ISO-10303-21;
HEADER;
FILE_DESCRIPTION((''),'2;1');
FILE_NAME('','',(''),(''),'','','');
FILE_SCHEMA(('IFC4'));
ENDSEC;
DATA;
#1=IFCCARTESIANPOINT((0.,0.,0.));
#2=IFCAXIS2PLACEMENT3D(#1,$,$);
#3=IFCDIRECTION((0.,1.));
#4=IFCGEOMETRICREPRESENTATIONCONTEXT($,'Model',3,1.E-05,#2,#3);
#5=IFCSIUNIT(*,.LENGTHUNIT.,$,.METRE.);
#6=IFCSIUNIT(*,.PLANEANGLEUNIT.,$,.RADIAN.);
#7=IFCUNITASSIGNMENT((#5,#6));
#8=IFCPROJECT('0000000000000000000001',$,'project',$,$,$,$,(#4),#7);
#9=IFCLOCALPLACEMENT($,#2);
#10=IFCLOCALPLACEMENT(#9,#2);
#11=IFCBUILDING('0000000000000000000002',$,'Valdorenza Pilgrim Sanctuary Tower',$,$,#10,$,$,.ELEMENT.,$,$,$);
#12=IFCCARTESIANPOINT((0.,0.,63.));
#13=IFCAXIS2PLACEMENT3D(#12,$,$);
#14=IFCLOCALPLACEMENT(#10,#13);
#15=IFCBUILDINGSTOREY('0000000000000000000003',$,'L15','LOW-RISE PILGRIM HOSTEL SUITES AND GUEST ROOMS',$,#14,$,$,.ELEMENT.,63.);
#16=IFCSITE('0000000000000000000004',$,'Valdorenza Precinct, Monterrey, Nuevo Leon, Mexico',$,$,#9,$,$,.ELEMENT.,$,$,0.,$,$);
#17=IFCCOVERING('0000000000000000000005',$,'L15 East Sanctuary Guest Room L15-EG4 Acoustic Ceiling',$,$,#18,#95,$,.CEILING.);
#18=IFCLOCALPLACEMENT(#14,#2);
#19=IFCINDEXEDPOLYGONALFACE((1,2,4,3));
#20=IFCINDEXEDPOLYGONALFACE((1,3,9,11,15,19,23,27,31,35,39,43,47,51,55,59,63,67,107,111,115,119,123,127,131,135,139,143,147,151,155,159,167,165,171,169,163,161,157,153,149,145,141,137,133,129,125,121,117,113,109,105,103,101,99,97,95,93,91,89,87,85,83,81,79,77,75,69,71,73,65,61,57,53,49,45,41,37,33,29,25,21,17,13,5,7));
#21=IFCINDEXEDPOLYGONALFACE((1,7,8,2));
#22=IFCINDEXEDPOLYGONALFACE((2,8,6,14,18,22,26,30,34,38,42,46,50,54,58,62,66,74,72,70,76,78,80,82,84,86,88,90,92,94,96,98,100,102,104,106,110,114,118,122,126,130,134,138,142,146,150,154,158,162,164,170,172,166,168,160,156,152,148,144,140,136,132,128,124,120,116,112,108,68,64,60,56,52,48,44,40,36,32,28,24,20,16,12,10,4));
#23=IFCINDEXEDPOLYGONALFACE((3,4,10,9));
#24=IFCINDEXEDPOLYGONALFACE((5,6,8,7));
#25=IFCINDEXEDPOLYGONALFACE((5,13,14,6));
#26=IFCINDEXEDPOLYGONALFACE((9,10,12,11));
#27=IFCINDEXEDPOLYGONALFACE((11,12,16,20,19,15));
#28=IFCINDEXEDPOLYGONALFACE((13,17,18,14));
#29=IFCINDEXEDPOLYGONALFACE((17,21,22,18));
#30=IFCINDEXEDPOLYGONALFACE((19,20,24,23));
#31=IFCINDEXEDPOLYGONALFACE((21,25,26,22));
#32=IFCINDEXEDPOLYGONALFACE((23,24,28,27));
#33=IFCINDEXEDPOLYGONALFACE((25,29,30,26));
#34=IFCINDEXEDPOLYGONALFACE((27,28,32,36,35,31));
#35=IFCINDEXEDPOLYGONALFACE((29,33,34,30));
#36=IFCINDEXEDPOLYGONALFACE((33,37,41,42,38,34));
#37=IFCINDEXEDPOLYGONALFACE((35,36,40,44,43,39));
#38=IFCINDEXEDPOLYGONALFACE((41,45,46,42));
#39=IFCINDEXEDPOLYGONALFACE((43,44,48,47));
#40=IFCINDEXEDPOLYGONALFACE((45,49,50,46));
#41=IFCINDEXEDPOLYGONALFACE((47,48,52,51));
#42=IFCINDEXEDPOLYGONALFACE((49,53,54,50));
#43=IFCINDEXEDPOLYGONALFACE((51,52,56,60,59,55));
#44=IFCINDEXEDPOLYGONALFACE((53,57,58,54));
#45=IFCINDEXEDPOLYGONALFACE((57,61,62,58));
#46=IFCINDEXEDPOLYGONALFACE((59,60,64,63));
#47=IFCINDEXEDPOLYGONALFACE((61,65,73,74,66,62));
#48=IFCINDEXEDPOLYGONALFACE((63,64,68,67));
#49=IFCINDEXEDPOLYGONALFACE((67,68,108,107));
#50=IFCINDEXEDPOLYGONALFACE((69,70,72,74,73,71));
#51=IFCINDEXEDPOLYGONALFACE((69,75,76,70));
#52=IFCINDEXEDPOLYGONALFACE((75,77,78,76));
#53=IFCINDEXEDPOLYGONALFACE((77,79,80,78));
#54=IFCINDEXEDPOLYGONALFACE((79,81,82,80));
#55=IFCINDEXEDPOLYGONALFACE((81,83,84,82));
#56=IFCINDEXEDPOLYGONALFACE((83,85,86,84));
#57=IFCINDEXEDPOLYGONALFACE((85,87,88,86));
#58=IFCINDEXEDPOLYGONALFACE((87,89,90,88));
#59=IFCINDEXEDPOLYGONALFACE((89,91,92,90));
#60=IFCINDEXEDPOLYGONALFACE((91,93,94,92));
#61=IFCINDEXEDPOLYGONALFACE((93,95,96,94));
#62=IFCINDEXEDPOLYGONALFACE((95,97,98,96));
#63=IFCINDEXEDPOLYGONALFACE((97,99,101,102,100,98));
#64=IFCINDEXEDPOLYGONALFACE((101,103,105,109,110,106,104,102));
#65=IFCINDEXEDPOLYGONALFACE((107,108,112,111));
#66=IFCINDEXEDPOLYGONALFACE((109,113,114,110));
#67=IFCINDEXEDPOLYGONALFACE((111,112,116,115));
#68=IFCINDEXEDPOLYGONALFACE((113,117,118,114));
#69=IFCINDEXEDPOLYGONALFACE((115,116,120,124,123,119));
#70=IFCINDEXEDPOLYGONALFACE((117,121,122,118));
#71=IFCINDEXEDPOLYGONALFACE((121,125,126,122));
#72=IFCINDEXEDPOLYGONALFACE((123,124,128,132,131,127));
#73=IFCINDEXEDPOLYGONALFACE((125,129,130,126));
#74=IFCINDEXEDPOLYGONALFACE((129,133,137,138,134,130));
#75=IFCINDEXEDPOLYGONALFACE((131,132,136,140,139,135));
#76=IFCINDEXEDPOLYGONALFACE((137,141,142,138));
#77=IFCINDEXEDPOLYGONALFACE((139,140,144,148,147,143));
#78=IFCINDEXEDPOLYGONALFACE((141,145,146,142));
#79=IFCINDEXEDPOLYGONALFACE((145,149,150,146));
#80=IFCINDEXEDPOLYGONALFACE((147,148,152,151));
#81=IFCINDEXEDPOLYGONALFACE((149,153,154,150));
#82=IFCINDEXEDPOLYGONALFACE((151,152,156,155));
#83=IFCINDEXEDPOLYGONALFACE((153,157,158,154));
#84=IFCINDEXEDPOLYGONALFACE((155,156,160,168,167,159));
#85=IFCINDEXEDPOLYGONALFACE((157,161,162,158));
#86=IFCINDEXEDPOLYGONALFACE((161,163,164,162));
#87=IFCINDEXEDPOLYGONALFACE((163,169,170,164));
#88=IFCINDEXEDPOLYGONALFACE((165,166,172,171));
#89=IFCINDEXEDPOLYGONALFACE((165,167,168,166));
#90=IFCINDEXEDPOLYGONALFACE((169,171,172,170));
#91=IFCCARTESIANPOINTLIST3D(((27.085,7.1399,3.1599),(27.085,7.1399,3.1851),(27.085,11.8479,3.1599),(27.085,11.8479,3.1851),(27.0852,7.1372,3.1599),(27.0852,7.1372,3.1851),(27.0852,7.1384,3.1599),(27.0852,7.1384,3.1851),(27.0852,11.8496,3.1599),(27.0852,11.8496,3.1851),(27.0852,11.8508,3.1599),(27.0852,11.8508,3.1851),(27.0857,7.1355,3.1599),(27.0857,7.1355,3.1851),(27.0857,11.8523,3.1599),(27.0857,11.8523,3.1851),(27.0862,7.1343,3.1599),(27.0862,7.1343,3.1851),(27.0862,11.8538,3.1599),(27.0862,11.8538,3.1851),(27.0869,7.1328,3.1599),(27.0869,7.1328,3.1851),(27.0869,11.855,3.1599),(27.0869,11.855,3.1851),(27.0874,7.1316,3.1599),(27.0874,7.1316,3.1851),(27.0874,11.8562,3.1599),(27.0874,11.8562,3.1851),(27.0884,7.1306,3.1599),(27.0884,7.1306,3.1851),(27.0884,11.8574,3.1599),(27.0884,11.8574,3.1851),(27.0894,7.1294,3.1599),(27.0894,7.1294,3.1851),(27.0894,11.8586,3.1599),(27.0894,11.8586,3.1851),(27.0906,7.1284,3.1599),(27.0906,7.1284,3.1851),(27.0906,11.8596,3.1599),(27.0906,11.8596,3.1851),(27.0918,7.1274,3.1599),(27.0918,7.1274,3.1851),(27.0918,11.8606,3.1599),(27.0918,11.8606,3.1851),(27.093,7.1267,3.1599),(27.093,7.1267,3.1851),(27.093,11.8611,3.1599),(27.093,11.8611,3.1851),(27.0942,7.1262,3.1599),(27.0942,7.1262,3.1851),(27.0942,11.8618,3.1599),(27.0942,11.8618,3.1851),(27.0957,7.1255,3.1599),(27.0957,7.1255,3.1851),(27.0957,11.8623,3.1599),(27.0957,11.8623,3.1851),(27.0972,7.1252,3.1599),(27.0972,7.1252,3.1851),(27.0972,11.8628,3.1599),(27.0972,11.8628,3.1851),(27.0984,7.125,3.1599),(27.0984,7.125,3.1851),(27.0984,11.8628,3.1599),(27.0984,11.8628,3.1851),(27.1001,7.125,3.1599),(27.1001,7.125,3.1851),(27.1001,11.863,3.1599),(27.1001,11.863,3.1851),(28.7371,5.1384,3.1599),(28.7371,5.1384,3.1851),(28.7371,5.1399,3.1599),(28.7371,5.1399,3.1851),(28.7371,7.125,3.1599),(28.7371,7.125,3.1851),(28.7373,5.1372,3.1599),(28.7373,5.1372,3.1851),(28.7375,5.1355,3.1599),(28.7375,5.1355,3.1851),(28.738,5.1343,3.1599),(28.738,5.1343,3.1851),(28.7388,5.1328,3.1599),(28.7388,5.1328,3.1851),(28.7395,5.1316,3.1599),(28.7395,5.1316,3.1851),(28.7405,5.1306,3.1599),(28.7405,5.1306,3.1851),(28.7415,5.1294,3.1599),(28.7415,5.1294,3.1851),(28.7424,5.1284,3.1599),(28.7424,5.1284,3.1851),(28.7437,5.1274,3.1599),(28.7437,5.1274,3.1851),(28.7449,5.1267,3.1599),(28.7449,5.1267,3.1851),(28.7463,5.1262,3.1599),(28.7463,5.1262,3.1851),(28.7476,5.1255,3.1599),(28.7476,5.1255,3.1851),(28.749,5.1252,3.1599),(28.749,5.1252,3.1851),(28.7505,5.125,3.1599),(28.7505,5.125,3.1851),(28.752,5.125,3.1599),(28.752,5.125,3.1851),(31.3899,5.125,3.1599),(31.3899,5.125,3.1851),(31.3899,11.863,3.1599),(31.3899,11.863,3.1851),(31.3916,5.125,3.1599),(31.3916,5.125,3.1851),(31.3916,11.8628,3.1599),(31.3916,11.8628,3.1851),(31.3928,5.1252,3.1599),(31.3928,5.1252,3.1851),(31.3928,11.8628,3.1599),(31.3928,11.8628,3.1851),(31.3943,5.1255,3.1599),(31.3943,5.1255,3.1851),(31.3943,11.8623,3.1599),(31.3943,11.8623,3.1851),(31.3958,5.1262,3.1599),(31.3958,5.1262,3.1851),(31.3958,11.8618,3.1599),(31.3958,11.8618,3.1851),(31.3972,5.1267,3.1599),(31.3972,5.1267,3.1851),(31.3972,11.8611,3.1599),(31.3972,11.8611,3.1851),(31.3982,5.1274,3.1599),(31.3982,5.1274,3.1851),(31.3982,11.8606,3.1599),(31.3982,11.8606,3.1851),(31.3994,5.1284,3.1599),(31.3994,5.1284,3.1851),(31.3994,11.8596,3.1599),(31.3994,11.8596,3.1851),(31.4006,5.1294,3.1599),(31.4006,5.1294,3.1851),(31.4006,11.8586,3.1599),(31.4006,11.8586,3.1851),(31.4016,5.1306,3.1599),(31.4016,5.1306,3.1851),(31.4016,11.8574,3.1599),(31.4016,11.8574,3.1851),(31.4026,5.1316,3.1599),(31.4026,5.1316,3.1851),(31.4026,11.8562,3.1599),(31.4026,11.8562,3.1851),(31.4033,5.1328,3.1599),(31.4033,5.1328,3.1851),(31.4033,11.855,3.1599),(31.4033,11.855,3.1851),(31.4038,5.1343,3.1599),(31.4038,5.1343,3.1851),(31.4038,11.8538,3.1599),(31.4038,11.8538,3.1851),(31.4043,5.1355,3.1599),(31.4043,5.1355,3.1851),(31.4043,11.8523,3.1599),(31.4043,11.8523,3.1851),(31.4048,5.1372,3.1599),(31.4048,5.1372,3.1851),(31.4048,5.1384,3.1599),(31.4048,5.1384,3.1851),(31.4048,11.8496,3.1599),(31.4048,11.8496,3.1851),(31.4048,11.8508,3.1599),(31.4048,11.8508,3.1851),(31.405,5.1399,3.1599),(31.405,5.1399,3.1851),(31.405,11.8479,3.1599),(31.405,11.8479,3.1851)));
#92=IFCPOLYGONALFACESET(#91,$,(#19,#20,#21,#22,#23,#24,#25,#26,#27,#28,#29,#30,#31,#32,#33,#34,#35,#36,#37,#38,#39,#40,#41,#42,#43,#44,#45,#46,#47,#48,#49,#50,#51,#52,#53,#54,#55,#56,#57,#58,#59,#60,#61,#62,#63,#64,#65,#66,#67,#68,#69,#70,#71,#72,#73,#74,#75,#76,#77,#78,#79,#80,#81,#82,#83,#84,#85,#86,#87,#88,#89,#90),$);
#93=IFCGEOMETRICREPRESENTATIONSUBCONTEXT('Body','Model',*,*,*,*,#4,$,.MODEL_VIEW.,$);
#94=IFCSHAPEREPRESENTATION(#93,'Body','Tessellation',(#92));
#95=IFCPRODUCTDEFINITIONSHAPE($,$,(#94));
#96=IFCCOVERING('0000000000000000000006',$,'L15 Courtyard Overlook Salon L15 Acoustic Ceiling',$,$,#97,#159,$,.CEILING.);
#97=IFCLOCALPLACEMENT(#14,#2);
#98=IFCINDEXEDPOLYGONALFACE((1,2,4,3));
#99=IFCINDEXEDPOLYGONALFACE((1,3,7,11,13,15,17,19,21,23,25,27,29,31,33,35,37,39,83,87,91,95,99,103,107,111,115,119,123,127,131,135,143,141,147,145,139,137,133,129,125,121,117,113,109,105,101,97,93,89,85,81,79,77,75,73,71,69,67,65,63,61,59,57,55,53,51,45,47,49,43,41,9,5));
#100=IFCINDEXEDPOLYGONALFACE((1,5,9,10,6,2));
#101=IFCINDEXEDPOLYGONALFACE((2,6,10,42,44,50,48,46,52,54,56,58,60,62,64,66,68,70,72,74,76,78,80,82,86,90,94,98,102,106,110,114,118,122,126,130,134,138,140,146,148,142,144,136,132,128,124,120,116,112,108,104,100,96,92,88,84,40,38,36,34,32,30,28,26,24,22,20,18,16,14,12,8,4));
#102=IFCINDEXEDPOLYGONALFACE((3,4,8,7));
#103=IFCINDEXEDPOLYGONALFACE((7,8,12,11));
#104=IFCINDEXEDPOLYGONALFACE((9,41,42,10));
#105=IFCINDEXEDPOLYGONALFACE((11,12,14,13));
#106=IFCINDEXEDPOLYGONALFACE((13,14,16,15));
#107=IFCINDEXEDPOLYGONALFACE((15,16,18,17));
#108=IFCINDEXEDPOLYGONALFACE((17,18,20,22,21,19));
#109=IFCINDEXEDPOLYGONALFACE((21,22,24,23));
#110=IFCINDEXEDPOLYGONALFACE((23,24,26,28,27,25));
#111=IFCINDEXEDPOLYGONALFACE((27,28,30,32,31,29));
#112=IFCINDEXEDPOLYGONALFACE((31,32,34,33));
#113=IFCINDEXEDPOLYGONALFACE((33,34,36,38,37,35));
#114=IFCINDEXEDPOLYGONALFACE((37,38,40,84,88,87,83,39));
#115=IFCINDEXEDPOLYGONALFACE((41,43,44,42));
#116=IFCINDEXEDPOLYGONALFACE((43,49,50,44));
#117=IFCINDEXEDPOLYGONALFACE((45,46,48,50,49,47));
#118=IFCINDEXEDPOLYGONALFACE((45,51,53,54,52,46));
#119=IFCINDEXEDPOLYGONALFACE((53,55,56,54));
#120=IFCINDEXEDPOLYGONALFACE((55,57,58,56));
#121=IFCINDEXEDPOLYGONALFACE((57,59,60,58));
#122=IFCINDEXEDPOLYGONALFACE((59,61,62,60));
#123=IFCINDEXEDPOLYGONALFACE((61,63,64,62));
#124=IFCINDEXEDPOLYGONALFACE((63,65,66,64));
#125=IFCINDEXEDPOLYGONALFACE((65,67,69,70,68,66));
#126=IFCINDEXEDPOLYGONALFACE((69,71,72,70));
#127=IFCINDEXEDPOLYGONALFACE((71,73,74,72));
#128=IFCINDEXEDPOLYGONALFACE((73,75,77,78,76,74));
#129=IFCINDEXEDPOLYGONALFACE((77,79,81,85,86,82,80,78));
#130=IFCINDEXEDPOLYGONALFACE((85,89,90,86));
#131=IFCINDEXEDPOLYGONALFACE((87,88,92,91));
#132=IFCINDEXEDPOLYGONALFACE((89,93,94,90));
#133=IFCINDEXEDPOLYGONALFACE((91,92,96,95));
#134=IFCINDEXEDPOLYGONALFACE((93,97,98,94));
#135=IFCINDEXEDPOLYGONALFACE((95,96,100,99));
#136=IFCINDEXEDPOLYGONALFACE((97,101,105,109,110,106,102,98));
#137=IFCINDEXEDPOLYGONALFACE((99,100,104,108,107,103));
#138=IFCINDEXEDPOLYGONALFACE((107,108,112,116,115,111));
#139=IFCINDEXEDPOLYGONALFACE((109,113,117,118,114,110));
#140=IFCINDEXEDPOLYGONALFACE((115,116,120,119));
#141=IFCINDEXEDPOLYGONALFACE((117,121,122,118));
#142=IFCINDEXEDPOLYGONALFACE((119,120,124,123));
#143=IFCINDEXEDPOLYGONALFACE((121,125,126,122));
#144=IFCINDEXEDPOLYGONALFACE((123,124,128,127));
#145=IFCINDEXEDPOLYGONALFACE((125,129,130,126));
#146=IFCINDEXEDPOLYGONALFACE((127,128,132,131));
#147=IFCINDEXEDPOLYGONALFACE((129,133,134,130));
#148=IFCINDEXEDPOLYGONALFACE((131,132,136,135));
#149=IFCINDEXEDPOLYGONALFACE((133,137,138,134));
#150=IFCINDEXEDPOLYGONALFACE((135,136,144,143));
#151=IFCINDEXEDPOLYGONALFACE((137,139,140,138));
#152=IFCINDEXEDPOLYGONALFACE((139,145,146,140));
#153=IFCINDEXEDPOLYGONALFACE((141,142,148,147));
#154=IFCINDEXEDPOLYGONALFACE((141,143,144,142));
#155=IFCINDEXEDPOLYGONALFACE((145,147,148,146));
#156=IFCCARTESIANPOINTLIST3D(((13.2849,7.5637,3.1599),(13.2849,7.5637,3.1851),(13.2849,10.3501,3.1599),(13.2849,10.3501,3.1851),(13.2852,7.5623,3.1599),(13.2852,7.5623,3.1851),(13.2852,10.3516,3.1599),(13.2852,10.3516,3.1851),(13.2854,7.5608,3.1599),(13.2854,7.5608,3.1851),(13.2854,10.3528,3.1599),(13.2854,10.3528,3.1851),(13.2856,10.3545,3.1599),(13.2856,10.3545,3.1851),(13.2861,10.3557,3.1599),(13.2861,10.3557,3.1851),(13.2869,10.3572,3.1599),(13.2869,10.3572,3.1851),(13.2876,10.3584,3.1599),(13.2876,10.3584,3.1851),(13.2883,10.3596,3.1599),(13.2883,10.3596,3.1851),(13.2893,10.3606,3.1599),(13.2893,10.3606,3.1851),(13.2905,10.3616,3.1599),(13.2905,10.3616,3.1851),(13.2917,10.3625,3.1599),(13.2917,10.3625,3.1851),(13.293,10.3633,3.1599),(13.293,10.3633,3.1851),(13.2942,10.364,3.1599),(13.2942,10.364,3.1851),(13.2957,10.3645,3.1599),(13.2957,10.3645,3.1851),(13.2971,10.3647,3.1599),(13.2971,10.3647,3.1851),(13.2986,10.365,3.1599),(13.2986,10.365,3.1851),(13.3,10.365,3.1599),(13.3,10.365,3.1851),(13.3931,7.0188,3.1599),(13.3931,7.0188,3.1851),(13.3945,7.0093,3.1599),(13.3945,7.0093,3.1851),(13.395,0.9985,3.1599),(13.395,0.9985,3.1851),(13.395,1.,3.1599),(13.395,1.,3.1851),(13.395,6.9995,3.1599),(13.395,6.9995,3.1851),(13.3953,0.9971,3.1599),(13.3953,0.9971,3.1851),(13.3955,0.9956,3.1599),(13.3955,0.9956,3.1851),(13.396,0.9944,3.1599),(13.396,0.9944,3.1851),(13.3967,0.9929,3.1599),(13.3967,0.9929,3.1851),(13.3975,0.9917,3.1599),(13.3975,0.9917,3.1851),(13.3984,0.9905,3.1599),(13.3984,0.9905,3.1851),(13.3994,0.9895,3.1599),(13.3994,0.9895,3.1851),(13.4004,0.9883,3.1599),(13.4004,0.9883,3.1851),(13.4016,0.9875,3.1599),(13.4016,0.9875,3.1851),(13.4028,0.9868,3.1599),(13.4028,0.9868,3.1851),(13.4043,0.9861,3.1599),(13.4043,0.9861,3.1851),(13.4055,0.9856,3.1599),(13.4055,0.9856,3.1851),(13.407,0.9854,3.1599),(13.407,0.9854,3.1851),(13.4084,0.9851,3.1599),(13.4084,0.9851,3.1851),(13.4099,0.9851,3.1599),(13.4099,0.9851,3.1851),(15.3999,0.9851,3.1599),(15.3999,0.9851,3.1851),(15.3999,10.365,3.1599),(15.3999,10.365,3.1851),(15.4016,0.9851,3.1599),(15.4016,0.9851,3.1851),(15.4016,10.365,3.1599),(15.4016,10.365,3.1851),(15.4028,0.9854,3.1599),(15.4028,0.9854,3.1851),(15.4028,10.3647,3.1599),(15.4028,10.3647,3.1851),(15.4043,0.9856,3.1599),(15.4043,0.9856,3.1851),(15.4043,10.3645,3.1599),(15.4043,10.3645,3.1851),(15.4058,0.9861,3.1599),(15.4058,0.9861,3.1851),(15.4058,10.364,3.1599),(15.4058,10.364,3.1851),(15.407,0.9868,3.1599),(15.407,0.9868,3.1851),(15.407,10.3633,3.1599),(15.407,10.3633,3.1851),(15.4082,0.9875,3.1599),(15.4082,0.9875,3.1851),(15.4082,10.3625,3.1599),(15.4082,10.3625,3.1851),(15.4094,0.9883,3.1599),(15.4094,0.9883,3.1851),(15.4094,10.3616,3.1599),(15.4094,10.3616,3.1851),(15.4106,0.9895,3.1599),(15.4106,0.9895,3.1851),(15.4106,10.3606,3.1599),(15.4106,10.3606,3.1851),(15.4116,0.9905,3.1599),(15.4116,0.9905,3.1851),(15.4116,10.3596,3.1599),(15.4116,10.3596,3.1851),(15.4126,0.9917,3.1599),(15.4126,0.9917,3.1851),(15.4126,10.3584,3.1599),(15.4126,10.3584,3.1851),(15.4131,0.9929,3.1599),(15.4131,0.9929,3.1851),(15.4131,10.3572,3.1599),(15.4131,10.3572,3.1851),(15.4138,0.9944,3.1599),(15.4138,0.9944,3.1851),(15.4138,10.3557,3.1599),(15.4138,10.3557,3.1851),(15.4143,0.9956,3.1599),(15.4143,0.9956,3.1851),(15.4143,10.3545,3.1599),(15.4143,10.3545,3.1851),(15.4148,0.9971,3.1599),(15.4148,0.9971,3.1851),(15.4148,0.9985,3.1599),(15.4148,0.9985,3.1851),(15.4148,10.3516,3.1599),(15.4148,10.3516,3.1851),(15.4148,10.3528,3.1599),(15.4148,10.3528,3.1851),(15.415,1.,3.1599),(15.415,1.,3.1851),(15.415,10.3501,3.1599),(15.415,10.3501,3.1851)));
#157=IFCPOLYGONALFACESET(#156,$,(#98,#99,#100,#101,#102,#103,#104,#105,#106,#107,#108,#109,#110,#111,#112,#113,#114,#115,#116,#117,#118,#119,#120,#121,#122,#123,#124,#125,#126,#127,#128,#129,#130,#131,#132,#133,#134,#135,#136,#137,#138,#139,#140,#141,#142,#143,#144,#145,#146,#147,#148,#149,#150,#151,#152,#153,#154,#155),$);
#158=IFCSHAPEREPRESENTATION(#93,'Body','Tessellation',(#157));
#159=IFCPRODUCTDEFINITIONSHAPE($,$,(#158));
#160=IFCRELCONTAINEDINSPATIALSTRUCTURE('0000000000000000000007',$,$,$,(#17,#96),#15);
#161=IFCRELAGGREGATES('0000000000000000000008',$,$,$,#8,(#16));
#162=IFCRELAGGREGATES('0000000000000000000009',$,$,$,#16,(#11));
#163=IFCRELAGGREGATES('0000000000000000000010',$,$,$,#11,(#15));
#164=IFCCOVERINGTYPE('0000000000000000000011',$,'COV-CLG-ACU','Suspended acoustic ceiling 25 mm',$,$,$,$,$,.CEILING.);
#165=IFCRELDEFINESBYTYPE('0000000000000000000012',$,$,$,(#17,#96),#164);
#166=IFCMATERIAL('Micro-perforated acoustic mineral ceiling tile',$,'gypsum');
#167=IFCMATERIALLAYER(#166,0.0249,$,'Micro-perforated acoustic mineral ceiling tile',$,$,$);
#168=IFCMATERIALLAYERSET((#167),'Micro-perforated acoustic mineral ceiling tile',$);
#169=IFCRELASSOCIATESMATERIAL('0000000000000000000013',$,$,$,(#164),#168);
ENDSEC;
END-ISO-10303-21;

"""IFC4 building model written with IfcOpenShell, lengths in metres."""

from ifc_helpers import new_model, si_unit, direction, frame, origin, place, context, subcontext, project, spatial, polyline, outline, extrude, material, layer, layer_set, type_object, element, save


model = new_model("IFC4")

# Units and contexts
model_context = context("Model", 3, precision=1e-05, world=origin(), true_north=direction((0.0, 1.0)))
body_context = subcontext(model_context, "Body", "Model", "MODEL_VIEW")
ifc_project = project(units=[si_unit("LENGTHUNIT", "METRE"), si_unit("PLANEANGLEUNIT", "RADIAN")], contexts=[model_context])

# Site, building, storey
site_placement = place(None, origin())
site = spatial("IfcSite", under=ifc_project, at=site_placement, Name="Valdorenza Precinct, Monterrey, Nuevo Leon, Mexico", CompositionType="ELEMENT", RefElevation=0.0)
building_placement = place(site_placement, origin())
building = spatial("IfcBuilding", under=site, at=building_placement, Name="Valdorenza Pilgrim Sanctuary Tower", CompositionType="ELEMENT")
storey_placement = place(building_placement, frame((0.0, 0.0, 63.0)))
storey = spatial("IfcBuildingStorey", under=building, at=storey_placement, Name="L15", Description="LOW-RISE PILGRIM HOSTEL SUITES AND GUEST ROOMS", CompositionType="ELEMENT", Elevation=63.0)

# Coverings
ifc_material_1 = material(Name="Micro-perforated acoustic mineral ceiling tile", Category="gypsum")
ifc_layer_1 = layer(ifc_material_1, 0.0249, Name="Micro-perforated acoustic mineral ceiling tile")
ifc_layer_set_1 = layer_set([ifc_layer_1], Name="Micro-perforated acoustic mineral ceiling tile")
covering_type_1 = type_object("IfcCoveringType", Name="COV-CLG-ACU", Description="Suspended acoustic ceiling 25 mm", PredefinedType="CEILING", material=ifc_layer_set_1)
covering_1_placement = place(storey_placement, frame((0.0, 0.0, 3.1599)))
element("IfcCovering", 1, at=covering_1_placement, inside=storey, type_object=covering_type_1, Name="L15 East Sanctuary Guest Room L15-EG4 Acoustic Ceiling", PredefinedType="CEILING", context=body_context, shape_type="SweptSolid", body=[
    extrude(outline(polyline([(28.7371, 7.125), (27.1001, 7.125), (27.0984, 7.125), (27.0972, 7.1252), (27.0957, 7.1255), (27.0942, 7.1262), (27.093, 7.1267), (27.0918, 7.1274), (27.0906, 7.1284), (27.0894, 7.1294), (27.0884, 7.1306), (27.0874, 7.1316), (27.0869, 7.1328), (27.0862, 7.1343), (27.0857, 7.1355), (27.0852, 7.1372), (27.0852, 7.1384), (27.085, 7.1399), (27.085, 11.8479), (27.0852, 11.8496), (27.0852, 11.8508), (27.0857, 11.8523), (27.0862, 11.8538), (27.0869, 11.855), (27.0874, 11.8562), (27.0884, 11.8574), (27.0894, 11.8586), (27.0906, 11.8596), (27.0918, 11.8606), (27.093, 11.8611), (27.0942, 11.8618), (27.0957, 11.8623), (27.0972, 11.8628), (27.0984, 11.8628), (27.1001, 11.863), (31.3899, 11.863), (31.3916, 11.8628), (31.3928, 11.8628), (31.3943, 11.8623), (31.3958, 11.8618), (31.3972, 11.8611), (31.3982, 11.8606), (31.3994, 11.8596), (31.4006, 11.8586), (31.4016, 11.8574), (31.4026, 11.8562), (31.4033, 11.855), (31.4038, 11.8538), (31.4043, 11.8523), (31.4048, 11.8508), (31.4048, 11.8496), (31.405, 11.8479), (31.405, 5.1399), (31.4048, 5.1384), (31.4048, 5.1372), (31.4043, 5.1355), (31.4038, 5.1343), (31.4033, 5.1328), (31.4026, 5.1316), (31.4016, 5.1306), (31.4006, 5.1294), (31.3994, 5.1284), (31.3982, 5.1274), (31.3972, 5.1267), (31.3958, 5.1262), (31.3943, 5.1255), (31.3928, 5.1252), (31.3916, 5.125), (31.3899, 5.125), (28.752, 5.125), (28.7505, 5.125), (28.749, 5.1252), (28.7476, 5.1255), (28.7463, 5.1262), (28.7449, 5.1267), (28.7437, 5.1274), (28.7424, 5.1284), (28.7415, 5.1294), (28.7405, 5.1306), (28.7395, 5.1316), (28.7388, 5.1328), (28.738, 5.1343), (28.7375, 5.1355), (28.7373, 5.1372), (28.7371, 5.1384), (28.7371, 5.1399), (28.7371, 7.125)])), origin(), (0.0, 0.0, 1.0), 0.0251),
])
covering_2_placement = place(storey_placement, frame((0.0, 0.0, 3.1599)))
element("IfcCovering", 2, at=covering_2_placement, inside=storey, type_object=covering_type_1, Name="L15 Courtyard Overlook Salon L15 Acoustic Ceiling", PredefinedType="CEILING", context=body_context, shape_type="SweptSolid", body=[
    extrude(outline(polyline([(15.3999, 10.365), (15.4016, 10.365), (15.4028, 10.3647), (15.4043, 10.3645), (15.4058, 10.364), (15.407, 10.3633), (15.4082, 10.3625), (15.4094, 10.3616), (15.4106, 10.3606), (15.4116, 10.3596), (15.4126, 10.3584), (15.4131, 10.3572), (15.4138, 10.3557), (15.4143, 10.3545), (15.4148, 10.3528), (15.4148, 10.3516), (15.415, 10.3501), (15.415, 1.0), (15.4148, 0.9985), (15.4148, 0.9971), (15.4143, 0.9956), (15.4138, 0.9944), (15.4131, 0.9929), (15.4126, 0.9917), (15.4116, 0.9905), (15.4106, 0.9895), (15.4094, 0.9883), (15.4082, 0.9875), (15.407, 0.9868), (15.4058, 0.9861), (15.4043, 0.9856), (15.4028, 0.9854), (15.4016, 0.9851), (15.3999, 0.9851), (13.4099, 0.9851), (13.4084, 0.9851), (13.407, 0.9854), (13.4055, 0.9856), (13.4043, 0.9861), (13.4028, 0.9868), (13.4016, 0.9875), (13.4004, 0.9883), (13.3994, 0.9895), (13.3984, 0.9905), (13.3975, 0.9917), (13.3967, 0.9929), (13.396, 0.9944), (13.3955, 0.9956), (13.3953, 0.9971), (13.395, 0.9985), (13.395, 1.0), (13.395, 6.9995), (13.3945, 7.0093), (13.3931, 7.0188), (13.2854, 7.5608), (13.2852, 7.5623), (13.2849, 7.5637), (13.2849, 10.3501), (13.2852, 10.3516), (13.2854, 10.3528), (13.2856, 10.3545), (13.2861, 10.3557), (13.2869, 10.3572), (13.2876, 10.3584), (13.2883, 10.3596), (13.2893, 10.3606), (13.2905, 10.3616), (13.2917, 10.3625), (13.293, 10.3633), (13.2942, 10.364), (13.2957, 10.3645), (13.2971, 10.3647), (13.2986, 10.365), (13.3, 10.365), (15.3999, 10.365)])), origin(), (0.0, 0.0, 1.0), 0.0251),
])

save(model, "model.ifc")
